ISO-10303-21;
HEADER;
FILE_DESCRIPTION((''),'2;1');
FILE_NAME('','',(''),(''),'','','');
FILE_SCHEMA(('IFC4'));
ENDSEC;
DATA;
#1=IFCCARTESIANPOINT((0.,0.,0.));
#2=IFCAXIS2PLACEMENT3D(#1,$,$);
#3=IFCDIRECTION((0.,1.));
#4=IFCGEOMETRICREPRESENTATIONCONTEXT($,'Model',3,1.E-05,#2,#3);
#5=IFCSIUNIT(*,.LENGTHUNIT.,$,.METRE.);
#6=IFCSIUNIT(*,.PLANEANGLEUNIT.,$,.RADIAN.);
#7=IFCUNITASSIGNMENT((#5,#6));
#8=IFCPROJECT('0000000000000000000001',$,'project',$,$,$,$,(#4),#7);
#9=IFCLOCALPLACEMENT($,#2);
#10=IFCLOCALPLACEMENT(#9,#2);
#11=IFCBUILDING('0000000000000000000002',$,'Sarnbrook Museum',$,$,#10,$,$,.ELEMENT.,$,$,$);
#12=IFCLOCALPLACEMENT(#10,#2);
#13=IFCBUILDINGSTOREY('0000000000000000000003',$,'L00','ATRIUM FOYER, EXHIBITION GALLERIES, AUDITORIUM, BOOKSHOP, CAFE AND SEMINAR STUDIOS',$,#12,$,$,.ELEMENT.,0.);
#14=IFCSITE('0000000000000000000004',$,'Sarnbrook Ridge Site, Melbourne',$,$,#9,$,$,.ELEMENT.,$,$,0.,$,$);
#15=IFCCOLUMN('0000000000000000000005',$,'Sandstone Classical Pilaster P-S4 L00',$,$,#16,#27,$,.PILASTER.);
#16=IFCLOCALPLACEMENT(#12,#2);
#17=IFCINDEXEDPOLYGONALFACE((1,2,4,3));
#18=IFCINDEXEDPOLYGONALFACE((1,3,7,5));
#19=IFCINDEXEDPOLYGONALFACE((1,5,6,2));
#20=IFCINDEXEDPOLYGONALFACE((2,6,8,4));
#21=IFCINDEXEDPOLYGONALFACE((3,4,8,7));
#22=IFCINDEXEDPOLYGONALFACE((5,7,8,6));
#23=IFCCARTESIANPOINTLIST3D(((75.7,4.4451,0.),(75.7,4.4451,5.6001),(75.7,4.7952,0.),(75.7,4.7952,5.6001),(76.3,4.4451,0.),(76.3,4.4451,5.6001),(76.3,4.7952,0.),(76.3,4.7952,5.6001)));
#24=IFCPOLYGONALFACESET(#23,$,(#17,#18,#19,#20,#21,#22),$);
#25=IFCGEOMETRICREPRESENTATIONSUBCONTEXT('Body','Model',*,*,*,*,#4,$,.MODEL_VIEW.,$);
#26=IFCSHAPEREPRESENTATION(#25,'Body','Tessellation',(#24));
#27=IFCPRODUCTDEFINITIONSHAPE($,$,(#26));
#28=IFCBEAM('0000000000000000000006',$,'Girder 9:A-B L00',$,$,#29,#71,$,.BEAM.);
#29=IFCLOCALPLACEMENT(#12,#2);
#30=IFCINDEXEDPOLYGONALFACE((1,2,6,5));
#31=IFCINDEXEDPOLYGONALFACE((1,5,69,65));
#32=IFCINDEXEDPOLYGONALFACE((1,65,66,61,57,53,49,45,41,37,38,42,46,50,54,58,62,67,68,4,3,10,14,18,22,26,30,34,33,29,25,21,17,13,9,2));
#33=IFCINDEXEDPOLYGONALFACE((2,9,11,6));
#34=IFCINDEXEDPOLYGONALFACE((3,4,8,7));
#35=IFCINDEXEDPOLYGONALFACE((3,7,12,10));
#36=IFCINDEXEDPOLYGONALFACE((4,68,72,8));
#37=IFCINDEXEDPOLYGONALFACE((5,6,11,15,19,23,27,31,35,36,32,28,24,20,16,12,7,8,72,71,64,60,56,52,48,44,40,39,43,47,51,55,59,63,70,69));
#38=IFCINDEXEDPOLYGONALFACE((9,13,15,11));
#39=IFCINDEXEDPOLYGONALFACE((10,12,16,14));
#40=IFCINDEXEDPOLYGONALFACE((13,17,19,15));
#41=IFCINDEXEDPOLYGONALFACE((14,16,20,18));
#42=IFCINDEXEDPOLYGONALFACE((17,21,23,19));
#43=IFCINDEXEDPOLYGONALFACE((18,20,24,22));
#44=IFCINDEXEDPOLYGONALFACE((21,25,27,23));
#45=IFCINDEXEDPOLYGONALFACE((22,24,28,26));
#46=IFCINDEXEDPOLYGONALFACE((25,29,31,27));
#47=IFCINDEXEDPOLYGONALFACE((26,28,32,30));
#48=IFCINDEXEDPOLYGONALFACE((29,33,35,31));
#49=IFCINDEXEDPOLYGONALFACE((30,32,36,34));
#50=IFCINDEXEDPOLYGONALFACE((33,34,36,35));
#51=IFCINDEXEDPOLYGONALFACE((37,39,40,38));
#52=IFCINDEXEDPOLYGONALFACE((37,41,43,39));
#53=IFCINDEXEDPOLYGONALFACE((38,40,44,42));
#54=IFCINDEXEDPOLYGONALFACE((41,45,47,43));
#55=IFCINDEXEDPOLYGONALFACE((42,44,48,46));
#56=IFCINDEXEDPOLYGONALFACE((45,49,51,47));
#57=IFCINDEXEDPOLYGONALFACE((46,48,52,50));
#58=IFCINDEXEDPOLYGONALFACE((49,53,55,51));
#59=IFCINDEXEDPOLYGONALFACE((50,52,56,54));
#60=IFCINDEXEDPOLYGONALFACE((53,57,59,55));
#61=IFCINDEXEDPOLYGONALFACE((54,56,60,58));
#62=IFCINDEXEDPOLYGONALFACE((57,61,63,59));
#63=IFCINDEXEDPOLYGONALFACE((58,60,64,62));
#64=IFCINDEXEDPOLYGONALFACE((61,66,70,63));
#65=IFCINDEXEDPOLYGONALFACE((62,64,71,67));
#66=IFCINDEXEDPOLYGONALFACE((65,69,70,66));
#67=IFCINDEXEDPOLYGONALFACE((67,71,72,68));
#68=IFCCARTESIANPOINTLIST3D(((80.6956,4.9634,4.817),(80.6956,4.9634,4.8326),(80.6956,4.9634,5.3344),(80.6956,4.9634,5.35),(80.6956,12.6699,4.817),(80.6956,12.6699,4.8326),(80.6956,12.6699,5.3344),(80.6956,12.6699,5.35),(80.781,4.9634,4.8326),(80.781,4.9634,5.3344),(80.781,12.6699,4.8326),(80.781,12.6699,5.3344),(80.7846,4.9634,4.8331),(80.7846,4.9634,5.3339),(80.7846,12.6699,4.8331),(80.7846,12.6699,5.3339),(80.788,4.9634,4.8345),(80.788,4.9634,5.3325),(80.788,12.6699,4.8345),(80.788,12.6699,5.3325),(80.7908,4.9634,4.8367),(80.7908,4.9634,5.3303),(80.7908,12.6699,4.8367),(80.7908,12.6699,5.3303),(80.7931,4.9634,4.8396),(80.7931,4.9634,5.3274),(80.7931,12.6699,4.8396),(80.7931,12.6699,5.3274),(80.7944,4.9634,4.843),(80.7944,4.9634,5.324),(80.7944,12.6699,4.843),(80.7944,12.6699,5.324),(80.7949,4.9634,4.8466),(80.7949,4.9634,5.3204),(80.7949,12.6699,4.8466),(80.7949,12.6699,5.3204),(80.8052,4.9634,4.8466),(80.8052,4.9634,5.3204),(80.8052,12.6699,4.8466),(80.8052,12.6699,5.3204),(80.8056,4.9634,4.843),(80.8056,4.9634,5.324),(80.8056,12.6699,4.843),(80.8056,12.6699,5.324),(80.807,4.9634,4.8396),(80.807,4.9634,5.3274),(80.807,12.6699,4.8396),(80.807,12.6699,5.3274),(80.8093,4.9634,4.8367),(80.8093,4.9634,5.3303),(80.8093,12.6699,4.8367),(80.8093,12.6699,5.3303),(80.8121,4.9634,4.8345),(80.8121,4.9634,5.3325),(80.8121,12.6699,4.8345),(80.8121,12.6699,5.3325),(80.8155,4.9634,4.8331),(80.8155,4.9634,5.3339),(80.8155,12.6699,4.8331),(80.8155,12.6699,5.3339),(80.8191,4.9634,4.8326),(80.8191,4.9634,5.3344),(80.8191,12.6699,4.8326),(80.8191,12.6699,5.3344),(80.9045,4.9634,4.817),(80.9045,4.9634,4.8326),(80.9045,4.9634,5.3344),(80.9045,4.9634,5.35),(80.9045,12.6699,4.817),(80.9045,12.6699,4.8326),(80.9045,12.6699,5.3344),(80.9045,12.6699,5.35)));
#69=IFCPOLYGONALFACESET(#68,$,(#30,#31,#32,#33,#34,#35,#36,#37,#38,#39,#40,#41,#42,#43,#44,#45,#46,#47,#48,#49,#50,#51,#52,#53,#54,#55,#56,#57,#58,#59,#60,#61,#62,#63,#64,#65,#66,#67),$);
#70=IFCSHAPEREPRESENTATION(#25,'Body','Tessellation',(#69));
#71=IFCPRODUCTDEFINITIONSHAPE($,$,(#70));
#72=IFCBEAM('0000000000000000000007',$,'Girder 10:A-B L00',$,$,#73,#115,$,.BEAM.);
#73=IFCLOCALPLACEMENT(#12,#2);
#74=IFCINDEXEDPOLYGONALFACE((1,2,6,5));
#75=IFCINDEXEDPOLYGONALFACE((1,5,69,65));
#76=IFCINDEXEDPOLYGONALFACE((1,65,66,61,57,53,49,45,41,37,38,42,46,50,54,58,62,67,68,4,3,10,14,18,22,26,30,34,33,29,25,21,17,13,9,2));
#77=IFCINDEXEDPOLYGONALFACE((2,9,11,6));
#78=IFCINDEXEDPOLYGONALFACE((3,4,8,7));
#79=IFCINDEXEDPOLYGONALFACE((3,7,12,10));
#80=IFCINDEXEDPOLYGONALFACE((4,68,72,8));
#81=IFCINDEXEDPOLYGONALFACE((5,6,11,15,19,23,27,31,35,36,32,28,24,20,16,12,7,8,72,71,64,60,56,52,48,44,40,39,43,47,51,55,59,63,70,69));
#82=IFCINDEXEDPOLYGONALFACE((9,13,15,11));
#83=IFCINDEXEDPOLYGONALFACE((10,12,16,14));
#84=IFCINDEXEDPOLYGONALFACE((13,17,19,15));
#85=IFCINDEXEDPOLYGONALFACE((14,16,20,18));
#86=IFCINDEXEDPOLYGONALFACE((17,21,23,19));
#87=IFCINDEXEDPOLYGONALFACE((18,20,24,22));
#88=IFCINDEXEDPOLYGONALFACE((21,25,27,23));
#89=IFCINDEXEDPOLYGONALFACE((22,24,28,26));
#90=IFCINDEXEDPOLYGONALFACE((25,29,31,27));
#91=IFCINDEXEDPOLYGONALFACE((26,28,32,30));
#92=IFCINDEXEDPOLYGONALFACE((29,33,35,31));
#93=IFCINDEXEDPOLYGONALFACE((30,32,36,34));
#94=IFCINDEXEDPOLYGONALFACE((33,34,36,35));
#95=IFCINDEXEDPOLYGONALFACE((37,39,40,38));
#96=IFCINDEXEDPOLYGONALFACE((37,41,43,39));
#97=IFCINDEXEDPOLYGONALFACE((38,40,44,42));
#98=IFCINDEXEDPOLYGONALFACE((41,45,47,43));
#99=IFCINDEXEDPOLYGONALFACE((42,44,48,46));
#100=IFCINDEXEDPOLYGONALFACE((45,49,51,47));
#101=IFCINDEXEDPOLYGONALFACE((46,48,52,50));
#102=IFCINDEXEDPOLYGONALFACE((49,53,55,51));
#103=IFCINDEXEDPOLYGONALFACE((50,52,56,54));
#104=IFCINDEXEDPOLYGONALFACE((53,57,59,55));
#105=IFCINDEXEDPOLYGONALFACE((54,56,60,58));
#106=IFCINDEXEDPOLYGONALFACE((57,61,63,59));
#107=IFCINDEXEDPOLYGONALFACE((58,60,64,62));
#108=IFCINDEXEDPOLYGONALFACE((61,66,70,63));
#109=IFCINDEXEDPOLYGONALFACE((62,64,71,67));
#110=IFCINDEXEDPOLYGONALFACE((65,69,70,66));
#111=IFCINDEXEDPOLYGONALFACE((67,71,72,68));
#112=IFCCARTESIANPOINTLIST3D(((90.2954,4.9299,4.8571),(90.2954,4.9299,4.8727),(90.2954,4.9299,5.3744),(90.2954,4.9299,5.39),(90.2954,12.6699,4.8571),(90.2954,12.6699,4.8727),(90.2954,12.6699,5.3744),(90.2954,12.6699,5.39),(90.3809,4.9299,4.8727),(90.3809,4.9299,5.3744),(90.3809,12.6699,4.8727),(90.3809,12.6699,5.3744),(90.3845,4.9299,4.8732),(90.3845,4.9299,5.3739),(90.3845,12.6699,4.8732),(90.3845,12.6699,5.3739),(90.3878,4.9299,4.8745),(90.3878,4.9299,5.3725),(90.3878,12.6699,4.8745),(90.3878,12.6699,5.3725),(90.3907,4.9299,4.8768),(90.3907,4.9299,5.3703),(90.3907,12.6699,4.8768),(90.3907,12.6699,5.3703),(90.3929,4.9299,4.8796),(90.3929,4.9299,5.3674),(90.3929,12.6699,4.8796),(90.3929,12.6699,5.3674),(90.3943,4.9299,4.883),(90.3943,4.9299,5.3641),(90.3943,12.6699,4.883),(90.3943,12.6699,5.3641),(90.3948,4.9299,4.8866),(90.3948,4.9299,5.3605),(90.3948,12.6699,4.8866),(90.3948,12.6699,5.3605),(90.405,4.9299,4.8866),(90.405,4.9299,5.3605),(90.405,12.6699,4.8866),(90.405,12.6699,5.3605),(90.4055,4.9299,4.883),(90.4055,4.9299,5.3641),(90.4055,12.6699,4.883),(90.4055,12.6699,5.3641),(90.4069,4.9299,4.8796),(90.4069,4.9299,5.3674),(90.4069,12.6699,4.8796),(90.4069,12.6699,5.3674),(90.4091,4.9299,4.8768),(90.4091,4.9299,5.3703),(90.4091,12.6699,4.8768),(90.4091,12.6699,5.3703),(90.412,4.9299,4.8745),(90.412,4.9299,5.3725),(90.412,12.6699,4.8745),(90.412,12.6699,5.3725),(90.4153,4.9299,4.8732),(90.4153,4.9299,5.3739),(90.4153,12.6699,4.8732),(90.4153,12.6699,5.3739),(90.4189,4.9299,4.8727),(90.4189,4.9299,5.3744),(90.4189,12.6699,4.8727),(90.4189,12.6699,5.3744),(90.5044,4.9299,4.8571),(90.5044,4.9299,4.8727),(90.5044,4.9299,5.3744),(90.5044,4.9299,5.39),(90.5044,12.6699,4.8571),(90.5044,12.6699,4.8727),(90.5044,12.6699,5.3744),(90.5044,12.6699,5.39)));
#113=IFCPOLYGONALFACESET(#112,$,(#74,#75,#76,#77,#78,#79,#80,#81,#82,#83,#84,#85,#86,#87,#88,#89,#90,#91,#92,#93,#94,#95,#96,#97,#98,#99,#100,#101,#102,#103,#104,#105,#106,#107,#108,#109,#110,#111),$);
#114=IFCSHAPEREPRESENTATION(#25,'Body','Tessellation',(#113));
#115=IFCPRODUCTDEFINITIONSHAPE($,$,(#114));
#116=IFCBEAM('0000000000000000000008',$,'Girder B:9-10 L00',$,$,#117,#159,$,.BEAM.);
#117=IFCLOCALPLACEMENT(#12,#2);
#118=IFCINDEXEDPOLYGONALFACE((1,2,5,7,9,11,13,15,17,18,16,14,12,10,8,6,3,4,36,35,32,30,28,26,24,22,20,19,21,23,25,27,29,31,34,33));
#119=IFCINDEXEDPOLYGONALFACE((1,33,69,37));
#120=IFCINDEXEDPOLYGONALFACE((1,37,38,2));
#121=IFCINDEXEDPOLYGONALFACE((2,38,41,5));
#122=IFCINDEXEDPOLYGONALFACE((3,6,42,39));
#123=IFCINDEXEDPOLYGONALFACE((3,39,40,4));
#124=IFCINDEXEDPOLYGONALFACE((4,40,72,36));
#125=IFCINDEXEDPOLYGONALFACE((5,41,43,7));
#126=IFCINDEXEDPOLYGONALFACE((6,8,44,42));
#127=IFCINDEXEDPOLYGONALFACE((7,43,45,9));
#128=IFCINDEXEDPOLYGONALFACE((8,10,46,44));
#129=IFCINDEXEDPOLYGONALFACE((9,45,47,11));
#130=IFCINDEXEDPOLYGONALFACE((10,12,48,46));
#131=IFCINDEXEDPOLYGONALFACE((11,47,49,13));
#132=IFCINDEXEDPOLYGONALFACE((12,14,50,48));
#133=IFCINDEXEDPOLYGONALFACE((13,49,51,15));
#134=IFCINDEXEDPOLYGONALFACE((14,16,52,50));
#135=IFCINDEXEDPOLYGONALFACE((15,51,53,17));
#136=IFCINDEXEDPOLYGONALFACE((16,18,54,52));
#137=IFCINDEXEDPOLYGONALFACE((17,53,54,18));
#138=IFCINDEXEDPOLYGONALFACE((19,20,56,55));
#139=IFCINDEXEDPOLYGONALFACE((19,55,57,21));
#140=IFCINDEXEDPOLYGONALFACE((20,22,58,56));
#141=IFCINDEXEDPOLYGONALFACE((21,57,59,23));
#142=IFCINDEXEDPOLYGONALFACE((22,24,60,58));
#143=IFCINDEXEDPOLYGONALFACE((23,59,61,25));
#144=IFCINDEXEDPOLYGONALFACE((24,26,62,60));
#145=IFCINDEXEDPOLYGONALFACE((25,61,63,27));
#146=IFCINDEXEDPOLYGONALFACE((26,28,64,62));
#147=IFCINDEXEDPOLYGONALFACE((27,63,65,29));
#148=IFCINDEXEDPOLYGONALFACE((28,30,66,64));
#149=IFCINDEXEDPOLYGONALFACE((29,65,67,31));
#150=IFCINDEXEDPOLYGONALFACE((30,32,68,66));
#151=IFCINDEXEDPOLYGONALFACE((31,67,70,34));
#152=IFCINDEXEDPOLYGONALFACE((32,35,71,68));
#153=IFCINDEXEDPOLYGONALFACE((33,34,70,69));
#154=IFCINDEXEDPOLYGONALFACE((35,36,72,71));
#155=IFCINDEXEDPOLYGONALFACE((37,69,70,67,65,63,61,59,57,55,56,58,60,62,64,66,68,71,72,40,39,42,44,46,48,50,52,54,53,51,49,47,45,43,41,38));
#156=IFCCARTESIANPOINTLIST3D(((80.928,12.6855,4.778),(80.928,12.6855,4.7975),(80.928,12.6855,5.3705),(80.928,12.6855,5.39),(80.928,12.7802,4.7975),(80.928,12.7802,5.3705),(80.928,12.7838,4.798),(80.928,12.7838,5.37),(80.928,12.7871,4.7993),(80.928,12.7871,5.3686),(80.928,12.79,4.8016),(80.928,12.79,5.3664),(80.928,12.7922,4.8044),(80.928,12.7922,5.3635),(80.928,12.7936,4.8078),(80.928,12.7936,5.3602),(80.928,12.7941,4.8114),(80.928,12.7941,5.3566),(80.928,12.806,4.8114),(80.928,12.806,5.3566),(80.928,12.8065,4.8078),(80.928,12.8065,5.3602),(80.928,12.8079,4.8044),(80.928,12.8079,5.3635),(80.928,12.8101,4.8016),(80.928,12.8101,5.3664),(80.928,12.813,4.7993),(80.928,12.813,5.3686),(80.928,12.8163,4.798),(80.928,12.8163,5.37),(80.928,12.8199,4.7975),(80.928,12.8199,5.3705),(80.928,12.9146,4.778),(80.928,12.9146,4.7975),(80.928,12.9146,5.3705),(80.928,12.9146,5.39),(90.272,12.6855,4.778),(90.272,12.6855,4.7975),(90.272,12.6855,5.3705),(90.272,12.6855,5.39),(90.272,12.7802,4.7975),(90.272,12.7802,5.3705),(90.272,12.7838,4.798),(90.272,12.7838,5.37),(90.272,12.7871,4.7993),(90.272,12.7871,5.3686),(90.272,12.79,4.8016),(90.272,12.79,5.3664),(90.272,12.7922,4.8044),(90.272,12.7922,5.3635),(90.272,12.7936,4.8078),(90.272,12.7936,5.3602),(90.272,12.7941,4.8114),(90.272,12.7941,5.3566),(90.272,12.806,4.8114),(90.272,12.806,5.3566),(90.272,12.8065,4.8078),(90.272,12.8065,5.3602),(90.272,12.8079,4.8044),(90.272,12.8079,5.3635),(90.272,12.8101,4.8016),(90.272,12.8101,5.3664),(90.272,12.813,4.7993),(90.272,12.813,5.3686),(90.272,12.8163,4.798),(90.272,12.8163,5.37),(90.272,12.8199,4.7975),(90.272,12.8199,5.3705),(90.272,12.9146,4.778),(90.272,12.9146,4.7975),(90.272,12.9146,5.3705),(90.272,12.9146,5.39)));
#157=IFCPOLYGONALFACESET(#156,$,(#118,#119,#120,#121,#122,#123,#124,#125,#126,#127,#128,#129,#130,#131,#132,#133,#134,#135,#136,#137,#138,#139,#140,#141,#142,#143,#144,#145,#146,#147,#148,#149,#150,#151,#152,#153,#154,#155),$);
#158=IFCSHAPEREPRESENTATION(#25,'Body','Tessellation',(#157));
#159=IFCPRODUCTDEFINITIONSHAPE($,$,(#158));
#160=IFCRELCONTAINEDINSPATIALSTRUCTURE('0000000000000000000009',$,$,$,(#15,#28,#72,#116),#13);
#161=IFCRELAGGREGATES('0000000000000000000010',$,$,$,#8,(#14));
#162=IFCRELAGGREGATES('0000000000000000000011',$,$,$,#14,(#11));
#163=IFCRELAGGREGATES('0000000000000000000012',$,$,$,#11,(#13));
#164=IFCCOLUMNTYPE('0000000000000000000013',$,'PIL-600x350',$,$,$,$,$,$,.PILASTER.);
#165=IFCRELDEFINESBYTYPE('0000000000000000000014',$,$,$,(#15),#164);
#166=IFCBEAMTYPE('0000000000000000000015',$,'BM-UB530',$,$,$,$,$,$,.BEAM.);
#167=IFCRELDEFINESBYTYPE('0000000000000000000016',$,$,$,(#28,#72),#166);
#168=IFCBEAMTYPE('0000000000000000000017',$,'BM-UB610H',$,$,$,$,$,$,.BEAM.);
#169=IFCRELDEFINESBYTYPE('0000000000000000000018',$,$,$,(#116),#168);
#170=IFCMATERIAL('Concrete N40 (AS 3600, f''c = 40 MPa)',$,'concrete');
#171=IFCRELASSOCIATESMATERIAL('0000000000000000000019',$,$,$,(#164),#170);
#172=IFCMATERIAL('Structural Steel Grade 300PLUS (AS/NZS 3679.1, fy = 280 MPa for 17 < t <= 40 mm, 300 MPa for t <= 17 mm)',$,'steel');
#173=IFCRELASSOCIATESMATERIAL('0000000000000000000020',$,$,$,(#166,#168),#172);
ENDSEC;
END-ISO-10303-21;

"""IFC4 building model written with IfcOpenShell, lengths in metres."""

from ifc_helpers import new_model, si_unit, direction, frame, origin, origin_2d, place, context, subcontext, project, spatial, rectangle, i_section, extrude, material, material_profile, profile_set, type_object, element, save


model = new_model("IFC4")

# Units and contexts
model_context = context("Model", 3, precision=1e-05, world=origin(), true_north=direction((0.0, 1.0)))
body_context = subcontext(model_context, "Body", "Model", "MODEL_VIEW")
ifc_project = project(units=[si_unit("LENGTHUNIT", "METRE"), si_unit("PLANEANGLEUNIT", "RADIAN")], contexts=[model_context])

# Site, building, storey
site_placement = place(None, origin())
site = spatial("IfcSite", under=ifc_project, at=site_placement, Name="Sarnbrook Ridge Site, Melbourne", CompositionType="ELEMENT", RefElevation=0.0)
building_placement = place(site_placement, origin())
building = spatial("IfcBuilding", under=site, at=building_placement, Name="Sarnbrook Museum", CompositionType="ELEMENT")
storey_placement = place(building_placement, origin())
storey = spatial("IfcBuildingStorey", under=building, at=storey_placement, Name="L00", Description="ATRIUM FOYER, EXHIBITION GALLERIES, AUDITORIUM, BOOKSHOP, CAFE AND SEMINAR STUDIOS", CompositionType="ELEMENT", Elevation=0.0)

# Column
ifc_material_1 = material(Name="Structural Steel Grade 300PLUS (AS/NZS 3679.1, fy = 280 MPa for 17 < t <= 40 mm, 300 MPa for t <= 17 mm)", Category="steel")
ifc_material_2 = material(Name="Concrete N40 (AS 3600, f'c = 40 MPa)", Category="concrete")
ifc_material_profile_1 = material_profile(ifc_material_2, rectangle(XDim=0.6001, YDim=0.3501, at=origin_2d()), Name="PILASTER 600x350")
ifc_profile_set_1 = profile_set([ifc_material_profile_1], Name="Concrete N40 (AS 3600, f'c = 40 MPa)")
column_type_1 = type_object("IfcColumnType", Name="PIL-600x350", PredefinedType="PILASTER", material=ifc_profile_set_1)
column_1_placement = place(storey_placement, frame((76.0, 4.6201, 0.0), z_axis=(0.0, 0.0, 1.0), x_axis=(1.0, 0.0, 0.0)))
element("IfcColumn", 1, at=column_1_placement, inside=storey, type_object=column_type_1, Name="Sandstone Classical Pilaster P-S4 L00", PredefinedType="PILASTER", context=body_context, shape_type="SweptSolid", body=[
    extrude(rectangle(XDim=0.6001, YDim=0.3501, at=origin_2d()), origin(), (0.0, 0.0, 1.0), 5.6001),
])

# Beams
ifc_material_profile_2 = material_profile(ifc_material_1, i_section(OverallWidth=0.209, OverallDepth=0.533, WebThickness=0.0103, FlangeThickness=0.0156, FilletRadius=0.0139, at=origin_2d()), Name="530UB92.4")
ifc_profile_set_2 = profile_set([ifc_material_profile_2], Name="Structural Steel Grade 300PLUS (AS/NZS 3679.1, fy = 280 MPa for 17 < t <= 40 mm, 300 MPa for t <= 17 mm)")
beam_type_1 = type_object("IfcBeamType", Name="BM-UB530", PredefinedType="BEAM", material=ifc_profile_set_2)
beam_1_placement = place(storey_placement, frame((80.8, 4.9634, 5.0835), z_axis=(0.0, 1.0, 0.0), x_axis=(-1.0, 0.0, 0.0)))
element("IfcBeam", 2, at=beam_1_placement, inside=storey, type_object=beam_type_1, Name="Girder 9:A-B L00", PredefinedType="BEAM", context=body_context, shape_type="SweptSolid", body=[
    extrude(i_section(OverallWidth=0.209, OverallDepth=0.533, WebThickness=0.0103, FlangeThickness=0.0156, FilletRadius=0.0139, at=origin_2d()), origin(), (0.0, 0.0, 1.0), 7.7065),
])
beam_2_placement = place(storey_placement, frame((90.3999, 4.9299, 5.1235), z_axis=(0.0, 1.0, 0.0), x_axis=(-1.0, 0.0, 0.0)))
element("IfcBeam", 3, at=beam_2_placement, inside=storey, type_object=beam_type_1, Name="Girder 10:A-B L00", PredefinedType="BEAM", context=body_context, shape_type="SweptSolid", body=[
    extrude(i_section(OverallWidth=0.209, OverallDepth=0.533, WebThickness=0.0103, FlangeThickness=0.0156, FilletRadius=0.0139, at=origin_2d()), origin(), (0.0, 0.0, 1.0), 7.74),
])
ifc_material_profile_3 = material_profile(ifc_material_1, i_section(OverallWidth=0.229, OverallDepth=0.6121, WebThickness=0.012, FlangeThickness=0.0195, FilletRadius=0.0139, at=origin_2d()), Name="610UB125")
ifc_profile_set_3 = profile_set([ifc_material_profile_3], Name="Structural Steel Grade 300PLUS (AS/NZS 3679.1, fy = 280 MPa for 17 < t <= 40 mm, 300 MPa for t <= 17 mm)")
beam_type_2 = type_object("IfcBeamType", Name="BM-UB610H", PredefinedType="BEAM", material=ifc_profile_set_3)
for number, where, z_axis, x_axis, name in (
    (4, (80.928, 12.8, 5.084), (1.0, 0.0, 0.0), (0.0, 1.0, 0.0), "Girder B:9-10 L00"),
):
    element("IfcBeam", number, at=place(storey_placement, frame(where, z_axis=z_axis, x_axis=x_axis)), inside=storey, type_object=beam_type_2, Name=name, PredefinedType="BEAM", context=body_context, shape_type="SweptSolid", body=[
        extrude(i_section(OverallWidth=0.229, OverallDepth=0.6121, WebThickness=0.012, FlangeThickness=0.0195, FilletRadius=0.0139, at=origin_2d()), origin(), (0.0, 0.0, 1.0), 9.344),
    ])

save(model, "model.ifc")
